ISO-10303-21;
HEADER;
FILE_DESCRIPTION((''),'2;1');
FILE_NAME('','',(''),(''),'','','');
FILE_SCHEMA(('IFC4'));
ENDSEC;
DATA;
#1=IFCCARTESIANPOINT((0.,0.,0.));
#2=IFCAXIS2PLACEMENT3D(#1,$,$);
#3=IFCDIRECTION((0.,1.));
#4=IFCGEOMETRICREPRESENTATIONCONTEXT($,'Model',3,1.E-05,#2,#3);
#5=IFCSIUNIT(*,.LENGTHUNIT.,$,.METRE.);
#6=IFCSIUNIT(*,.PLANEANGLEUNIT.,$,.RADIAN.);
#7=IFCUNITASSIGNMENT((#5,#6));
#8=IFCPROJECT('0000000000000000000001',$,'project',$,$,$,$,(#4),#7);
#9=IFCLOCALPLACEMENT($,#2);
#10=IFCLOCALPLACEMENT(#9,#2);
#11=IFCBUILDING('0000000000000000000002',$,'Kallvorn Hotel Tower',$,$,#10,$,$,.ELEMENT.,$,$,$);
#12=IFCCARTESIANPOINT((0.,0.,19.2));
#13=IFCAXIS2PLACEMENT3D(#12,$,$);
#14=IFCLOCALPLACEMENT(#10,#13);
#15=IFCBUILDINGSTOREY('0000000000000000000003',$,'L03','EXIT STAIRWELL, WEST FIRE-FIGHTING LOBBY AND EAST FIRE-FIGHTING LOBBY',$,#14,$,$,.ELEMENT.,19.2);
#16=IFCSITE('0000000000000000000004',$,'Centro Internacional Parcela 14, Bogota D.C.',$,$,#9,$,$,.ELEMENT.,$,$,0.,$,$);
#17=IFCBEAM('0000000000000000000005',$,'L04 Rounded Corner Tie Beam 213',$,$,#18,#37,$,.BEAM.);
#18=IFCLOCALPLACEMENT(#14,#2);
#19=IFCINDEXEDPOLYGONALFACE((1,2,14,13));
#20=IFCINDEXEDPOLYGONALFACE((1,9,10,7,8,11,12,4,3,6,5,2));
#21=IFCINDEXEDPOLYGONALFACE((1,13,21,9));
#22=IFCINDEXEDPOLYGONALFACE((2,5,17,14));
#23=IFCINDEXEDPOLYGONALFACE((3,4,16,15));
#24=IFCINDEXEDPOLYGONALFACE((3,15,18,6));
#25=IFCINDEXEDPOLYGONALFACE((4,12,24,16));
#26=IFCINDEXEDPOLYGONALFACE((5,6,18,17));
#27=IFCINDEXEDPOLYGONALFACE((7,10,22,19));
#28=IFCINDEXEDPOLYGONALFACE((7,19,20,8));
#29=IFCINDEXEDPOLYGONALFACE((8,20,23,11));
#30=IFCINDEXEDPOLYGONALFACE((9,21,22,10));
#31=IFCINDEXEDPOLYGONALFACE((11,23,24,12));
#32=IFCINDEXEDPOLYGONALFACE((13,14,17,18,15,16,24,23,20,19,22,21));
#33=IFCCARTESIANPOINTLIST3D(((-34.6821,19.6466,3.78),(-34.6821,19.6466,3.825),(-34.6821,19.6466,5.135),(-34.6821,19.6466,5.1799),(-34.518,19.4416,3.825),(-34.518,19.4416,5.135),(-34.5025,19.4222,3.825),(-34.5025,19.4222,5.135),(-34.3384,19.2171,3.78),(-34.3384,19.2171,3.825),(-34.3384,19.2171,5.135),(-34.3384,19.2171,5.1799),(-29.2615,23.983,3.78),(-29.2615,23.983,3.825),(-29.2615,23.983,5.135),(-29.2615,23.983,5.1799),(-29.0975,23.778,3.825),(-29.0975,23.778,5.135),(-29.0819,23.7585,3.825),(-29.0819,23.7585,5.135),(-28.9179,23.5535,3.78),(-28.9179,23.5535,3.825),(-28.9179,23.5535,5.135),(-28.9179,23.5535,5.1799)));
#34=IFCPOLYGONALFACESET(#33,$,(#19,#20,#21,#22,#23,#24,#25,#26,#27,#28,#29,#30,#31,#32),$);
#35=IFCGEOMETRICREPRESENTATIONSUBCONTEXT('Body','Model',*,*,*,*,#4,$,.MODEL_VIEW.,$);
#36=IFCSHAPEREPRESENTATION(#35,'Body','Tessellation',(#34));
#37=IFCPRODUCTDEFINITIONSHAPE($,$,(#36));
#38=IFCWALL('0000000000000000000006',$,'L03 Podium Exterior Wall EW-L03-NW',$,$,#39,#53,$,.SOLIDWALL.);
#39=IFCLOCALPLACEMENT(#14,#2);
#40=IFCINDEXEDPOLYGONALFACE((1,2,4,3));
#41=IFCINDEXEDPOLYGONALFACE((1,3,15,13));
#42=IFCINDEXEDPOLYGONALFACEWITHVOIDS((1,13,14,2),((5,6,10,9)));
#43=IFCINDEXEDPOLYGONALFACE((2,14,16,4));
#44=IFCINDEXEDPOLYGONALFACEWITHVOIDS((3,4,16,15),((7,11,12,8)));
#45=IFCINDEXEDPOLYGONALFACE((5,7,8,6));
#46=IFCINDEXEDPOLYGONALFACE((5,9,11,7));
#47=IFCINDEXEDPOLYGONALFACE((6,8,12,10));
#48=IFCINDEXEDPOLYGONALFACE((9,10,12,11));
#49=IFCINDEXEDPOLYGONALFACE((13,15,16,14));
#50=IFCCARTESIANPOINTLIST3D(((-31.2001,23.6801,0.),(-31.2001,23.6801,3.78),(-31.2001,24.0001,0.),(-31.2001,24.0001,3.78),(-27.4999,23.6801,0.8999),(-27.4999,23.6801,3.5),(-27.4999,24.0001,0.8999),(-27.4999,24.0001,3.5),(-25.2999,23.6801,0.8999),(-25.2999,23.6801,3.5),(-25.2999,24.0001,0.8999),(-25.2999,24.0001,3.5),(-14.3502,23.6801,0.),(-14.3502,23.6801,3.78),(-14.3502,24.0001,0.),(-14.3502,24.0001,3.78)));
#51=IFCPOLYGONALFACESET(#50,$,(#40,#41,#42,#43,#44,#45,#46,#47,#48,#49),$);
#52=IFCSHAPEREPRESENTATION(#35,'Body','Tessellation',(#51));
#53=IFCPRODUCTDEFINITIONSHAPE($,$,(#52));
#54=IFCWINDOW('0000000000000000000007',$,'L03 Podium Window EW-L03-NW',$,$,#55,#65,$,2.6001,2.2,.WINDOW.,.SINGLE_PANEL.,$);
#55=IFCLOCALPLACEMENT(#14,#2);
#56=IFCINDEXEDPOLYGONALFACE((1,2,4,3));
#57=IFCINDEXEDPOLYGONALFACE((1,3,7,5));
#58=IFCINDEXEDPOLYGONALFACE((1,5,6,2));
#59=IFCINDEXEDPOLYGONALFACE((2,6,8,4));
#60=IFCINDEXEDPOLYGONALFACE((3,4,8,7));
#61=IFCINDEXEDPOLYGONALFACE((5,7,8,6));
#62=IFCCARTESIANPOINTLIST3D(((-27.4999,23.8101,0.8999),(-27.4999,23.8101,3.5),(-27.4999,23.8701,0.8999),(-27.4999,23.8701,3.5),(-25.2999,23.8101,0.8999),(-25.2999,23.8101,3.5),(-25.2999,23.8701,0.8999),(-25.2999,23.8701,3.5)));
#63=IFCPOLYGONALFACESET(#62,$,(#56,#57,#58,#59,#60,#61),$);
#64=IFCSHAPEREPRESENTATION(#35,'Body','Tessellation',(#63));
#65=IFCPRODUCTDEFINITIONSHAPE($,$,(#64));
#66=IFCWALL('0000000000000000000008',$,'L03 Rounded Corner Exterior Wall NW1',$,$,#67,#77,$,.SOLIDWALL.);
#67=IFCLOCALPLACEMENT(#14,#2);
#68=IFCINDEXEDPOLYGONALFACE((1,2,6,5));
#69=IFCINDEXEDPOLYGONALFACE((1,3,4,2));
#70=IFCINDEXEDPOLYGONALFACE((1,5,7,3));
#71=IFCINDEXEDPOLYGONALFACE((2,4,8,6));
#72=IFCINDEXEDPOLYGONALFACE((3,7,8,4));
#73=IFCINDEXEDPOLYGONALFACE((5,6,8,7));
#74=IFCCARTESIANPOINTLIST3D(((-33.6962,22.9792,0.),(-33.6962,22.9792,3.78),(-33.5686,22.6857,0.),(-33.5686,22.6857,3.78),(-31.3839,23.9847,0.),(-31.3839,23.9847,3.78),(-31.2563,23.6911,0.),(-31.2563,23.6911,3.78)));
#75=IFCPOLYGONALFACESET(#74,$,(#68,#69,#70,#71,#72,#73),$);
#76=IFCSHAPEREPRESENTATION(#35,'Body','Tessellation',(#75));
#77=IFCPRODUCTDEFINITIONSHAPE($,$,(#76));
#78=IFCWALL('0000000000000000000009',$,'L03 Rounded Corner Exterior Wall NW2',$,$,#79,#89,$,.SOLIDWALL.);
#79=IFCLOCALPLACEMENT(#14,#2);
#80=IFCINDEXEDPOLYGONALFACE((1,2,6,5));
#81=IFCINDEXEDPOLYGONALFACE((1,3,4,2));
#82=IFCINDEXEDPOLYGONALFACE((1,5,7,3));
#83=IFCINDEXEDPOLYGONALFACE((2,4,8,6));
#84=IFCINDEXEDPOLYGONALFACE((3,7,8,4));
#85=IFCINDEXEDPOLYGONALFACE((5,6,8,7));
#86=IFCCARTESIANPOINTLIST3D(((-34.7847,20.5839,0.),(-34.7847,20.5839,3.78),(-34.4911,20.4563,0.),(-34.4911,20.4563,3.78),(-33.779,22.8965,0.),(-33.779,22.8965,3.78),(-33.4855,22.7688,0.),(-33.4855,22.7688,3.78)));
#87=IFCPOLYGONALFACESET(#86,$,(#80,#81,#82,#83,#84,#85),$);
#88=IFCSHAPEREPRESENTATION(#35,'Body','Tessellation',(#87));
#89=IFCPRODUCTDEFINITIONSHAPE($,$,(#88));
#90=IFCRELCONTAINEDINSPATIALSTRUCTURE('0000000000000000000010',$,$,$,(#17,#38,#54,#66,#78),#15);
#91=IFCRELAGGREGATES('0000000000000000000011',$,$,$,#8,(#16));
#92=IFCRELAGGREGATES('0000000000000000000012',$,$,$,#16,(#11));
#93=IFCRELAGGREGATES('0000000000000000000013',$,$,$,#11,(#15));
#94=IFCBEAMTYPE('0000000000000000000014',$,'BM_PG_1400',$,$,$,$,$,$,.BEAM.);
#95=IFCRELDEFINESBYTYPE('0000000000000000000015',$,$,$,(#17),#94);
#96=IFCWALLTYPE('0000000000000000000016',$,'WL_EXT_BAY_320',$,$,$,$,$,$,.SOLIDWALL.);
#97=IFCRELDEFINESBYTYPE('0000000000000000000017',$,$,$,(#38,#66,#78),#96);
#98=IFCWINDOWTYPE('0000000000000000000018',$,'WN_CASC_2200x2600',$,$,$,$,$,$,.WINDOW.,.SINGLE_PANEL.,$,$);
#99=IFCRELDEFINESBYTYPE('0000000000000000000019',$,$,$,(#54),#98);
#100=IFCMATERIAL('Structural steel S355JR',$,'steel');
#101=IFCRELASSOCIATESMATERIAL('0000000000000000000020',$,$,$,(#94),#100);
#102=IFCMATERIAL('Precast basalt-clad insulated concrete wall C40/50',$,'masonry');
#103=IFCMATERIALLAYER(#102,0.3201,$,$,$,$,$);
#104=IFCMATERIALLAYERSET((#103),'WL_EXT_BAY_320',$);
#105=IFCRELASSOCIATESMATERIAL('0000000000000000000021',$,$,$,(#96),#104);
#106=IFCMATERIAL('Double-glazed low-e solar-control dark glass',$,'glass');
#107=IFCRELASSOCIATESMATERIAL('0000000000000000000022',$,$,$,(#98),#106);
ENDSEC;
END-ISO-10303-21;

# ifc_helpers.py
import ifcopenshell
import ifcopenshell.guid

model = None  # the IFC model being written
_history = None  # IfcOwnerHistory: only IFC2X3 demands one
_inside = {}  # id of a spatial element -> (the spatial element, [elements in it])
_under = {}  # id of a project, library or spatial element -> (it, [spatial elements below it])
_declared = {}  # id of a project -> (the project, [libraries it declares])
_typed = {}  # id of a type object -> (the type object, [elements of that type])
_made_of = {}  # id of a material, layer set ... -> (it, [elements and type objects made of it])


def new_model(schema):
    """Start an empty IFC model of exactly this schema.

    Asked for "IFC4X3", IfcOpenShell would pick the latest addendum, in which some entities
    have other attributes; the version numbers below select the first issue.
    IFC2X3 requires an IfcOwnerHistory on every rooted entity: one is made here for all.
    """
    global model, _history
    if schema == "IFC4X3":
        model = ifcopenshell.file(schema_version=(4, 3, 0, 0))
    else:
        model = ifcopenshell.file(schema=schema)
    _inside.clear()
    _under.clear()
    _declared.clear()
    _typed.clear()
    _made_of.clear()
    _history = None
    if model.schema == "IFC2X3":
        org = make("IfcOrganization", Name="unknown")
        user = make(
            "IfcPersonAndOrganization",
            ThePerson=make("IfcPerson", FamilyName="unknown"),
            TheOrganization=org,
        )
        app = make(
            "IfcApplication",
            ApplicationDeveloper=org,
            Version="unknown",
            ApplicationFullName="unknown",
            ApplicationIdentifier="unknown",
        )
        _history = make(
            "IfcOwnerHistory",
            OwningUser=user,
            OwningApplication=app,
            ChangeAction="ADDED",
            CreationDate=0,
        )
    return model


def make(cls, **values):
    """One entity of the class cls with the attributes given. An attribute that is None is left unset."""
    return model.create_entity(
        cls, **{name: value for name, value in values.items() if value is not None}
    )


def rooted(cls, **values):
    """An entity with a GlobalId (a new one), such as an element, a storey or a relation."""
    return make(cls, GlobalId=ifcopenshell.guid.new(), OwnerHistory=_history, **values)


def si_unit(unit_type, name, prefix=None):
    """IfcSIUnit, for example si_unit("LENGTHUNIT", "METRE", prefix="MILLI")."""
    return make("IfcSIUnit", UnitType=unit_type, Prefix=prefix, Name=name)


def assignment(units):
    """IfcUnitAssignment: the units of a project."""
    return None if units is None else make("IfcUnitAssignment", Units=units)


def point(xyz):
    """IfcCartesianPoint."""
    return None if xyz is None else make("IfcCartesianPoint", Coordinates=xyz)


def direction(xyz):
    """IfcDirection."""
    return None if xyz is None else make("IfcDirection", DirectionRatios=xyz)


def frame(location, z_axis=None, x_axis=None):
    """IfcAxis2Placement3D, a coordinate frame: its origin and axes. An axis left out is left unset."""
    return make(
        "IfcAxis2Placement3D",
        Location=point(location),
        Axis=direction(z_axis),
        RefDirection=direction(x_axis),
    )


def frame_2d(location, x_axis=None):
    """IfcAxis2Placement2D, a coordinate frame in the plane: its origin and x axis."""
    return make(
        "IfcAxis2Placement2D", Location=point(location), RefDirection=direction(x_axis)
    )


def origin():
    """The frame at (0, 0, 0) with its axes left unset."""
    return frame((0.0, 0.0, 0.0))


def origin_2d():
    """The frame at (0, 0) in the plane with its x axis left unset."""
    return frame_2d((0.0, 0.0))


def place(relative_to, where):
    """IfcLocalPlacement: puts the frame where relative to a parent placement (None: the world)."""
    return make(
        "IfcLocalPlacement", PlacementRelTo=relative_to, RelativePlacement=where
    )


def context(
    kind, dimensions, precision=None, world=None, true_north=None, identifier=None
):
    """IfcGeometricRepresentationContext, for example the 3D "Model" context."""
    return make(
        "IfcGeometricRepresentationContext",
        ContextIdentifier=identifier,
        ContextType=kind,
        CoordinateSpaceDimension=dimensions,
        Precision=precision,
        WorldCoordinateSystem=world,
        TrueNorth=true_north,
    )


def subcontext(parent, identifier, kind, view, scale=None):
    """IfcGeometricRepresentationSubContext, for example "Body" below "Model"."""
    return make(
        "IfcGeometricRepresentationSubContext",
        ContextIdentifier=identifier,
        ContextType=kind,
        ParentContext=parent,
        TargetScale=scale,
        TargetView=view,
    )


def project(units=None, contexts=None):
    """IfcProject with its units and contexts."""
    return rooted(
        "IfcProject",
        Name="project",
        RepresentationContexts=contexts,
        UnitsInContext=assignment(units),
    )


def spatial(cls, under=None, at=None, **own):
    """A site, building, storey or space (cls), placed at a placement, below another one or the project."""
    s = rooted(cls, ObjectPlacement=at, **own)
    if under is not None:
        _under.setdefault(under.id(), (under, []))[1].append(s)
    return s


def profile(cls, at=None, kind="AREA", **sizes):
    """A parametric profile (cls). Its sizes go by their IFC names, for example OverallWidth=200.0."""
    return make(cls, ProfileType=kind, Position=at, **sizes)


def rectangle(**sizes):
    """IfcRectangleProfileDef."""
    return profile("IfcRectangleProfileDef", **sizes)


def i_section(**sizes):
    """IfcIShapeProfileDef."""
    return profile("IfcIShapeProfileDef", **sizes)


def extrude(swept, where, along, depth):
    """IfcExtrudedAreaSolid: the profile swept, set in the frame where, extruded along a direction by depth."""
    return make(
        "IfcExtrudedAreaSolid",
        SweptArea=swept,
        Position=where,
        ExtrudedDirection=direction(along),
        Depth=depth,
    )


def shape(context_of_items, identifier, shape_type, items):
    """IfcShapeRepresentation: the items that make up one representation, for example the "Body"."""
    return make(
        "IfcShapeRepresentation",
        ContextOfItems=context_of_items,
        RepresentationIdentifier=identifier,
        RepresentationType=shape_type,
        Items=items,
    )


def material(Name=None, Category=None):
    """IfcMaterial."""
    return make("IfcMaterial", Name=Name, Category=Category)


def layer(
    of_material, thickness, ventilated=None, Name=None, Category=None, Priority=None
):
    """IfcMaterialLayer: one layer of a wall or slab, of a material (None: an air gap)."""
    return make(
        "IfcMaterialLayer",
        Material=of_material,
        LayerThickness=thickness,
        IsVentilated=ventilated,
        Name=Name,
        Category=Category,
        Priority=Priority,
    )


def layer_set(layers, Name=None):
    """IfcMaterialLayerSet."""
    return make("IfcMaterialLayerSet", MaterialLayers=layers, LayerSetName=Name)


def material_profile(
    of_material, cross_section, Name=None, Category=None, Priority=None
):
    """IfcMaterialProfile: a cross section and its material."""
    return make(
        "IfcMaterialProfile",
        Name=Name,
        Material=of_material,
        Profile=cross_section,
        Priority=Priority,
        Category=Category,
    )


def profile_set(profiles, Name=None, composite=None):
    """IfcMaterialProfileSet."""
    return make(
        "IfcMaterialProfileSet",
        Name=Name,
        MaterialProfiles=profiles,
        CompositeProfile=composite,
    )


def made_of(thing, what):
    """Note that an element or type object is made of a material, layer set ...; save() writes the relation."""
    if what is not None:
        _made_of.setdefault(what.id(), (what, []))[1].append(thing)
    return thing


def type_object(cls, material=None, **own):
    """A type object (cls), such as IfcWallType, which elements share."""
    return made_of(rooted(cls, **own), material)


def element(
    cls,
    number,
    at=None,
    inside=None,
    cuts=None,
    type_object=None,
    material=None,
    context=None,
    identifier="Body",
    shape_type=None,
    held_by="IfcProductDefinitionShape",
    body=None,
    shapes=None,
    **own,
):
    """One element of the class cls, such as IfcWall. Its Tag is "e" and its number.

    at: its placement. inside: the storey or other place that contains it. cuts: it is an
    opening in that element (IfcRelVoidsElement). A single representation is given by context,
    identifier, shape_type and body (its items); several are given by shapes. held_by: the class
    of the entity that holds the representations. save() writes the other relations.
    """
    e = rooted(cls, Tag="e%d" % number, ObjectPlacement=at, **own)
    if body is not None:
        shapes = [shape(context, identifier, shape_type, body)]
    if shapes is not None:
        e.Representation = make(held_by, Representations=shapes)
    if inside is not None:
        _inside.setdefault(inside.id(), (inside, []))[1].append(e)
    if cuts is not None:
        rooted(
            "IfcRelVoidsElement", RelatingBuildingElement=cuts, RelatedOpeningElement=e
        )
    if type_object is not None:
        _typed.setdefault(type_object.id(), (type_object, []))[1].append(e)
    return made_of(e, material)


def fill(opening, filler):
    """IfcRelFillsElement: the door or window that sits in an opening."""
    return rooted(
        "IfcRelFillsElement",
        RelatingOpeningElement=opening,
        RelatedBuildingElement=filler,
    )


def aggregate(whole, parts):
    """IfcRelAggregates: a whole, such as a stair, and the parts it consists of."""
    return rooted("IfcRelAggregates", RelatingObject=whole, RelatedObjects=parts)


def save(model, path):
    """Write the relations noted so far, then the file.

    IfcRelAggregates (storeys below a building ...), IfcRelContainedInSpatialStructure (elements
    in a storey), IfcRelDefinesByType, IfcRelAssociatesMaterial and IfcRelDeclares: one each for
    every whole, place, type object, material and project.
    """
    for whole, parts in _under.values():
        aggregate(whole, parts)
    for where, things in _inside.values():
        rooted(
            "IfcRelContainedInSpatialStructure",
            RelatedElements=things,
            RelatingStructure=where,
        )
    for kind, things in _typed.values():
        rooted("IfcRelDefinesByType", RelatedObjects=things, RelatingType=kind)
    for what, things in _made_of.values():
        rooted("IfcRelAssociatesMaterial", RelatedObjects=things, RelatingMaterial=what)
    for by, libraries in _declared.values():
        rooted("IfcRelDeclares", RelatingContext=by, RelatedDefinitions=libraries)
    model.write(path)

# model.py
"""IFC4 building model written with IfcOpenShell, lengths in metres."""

from ifc_helpers import new_model, si_unit, direction, frame, frame_2d, origin, origin_2d, place, context, subcontext, project, spatial, rectangle, i_section, extrude, material, layer, layer_set, material_profile, profile_set, type_object, element, fill, save


model = new_model("IFC4")

# Units and contexts
model_context = context("Model", 3, precision=1e-05, world=origin(), true_north=direction((0.0, 1.0)))
body_context = subcontext(model_context, "Body", "Model", "MODEL_VIEW")
ifc_project = project(units=[si_unit("LENGTHUNIT", "METRE"), si_unit("PLANEANGLEUNIT", "RADIAN")], contexts=[model_context])

# Site, building, storey
site_placement = place(None, origin())
site = spatial("IfcSite", under=ifc_project, at=site_placement, Name="Centro Internacional Parcela 14, Bogota D.C.", CompositionType="ELEMENT", RefElevation=0.0)
building_placement = place(site_placement, origin())
building = spatial("IfcBuilding", under=site, at=building_placement, Name="Kallvorn Hotel Tower", CompositionType="ELEMENT")
storey_placement = place(building_placement, frame((0.0, 0.0, 19.2)))
storey = spatial("IfcBuildingStorey", under=building, at=storey_placement, Name="L03", Description="EXIT STAIRWELL, WEST FIRE-FIGHTING LOBBY AND EAST FIRE-FIGHTING LOBBY", CompositionType="ELEMENT", Elevation=19.2)

# Beam
ifc_material_1 = material(Name="Structural steel S355JR", Category="steel")
ifc_material_profile_1 = material_profile(ifc_material_1, i_section(OverallWidth=0.55, OverallDepth=1.3999, WebThickness=0.0249, FlangeThickness=0.0449, at=origin_2d()), Name="PG 1400x550x25x45")
ifc_profile_set_1 = profile_set([ifc_material_profile_1], Name="Structural steel S355JR")
beam_type_1 = type_object("IfcBeamType", Name="BM_PG_1400", PredefinedType="BEAM", material=ifc_profile_set_1)
beam_1_placement = place(storey_placement, frame((-34.5103, 19.4319, 4.48), z_axis=(0.780876, 0.624686, 0.0), x_axis=(-0.624686, 0.780876, 0.0)))
element("IfcBeam", 1, at=beam_1_placement, inside=storey, type_object=beam_type_1, Name="L04 Rounded Corner Tie Beam 213", PredefinedType="BEAM", context=body_context, shape_type="SweptSolid", body=[
    extrude(i_section(OverallWidth=0.55, OverallDepth=1.3999, WebThickness=0.0249, FlangeThickness=0.0449, at=origin_2d()), origin(), (0.0, 0.0, 1.0), 6.9417),
])

# Wall, opening, window
ifc_material_2 = material(Name="Precast basalt-clad insulated concrete wall C40/50", Category="masonry")
ifc_layer = layer(ifc_material_2, 0.3201)
ifc_layer_set = layer_set([ifc_layer], Name="WL_EXT_BAY_320")
wall_type = type_object("IfcWallType", Name="WL_EXT_BAY_320", PredefinedType="SOLIDWALL", material=ifc_layer_set)
wall_1_placement = place(storey_placement, frame((-31.2, 23.8401, 0.0), z_axis=(0.0, 0.0, 1.0), x_axis=(1.0, 0.0, 0.0)))
wall_1 = element("IfcWall", 2, at=wall_1_placement, inside=storey, type_object=wall_type, Name="L03 Podium Exterior Wall EW-L03-NW", PredefinedType="SOLIDWALL", context=body_context, shape_type="SweptSolid", body=[
    extrude(rectangle(XDim=16.8499, YDim=0.3201, at=frame_2d((8.4248, 0.0))), origin(), (0.0, 0.0, 1.0), 3.78),
])
opening_placement = place(wall_1_placement, frame((3.7, 0.0, 0.8999)))
opening = element("IfcOpeningElement", 3, at=opening_placement, cuts=wall_1, PredefinedType="OPENING", context=body_context, shape_type="SweptSolid", body=[
    extrude(rectangle(XDim=2.2, YDim=2.6001, at=frame_2d((1.1001, 1.3))), frame((0.0, 0.175, 0.0), z_axis=(0.0, -1.0, 0.0), x_axis=(1.0, 0.0, 0.0)), (0.0, 0.0, 1.0), 0.3501),
])
ifc_material_3 = material(Name="Double-glazed low-e solar-control dark glass", Category="glass")
window_type = type_object("IfcWindowType", Name="WN_CASC_2200x2600", PartitioningType="SINGLE_PANEL", PredefinedType="WINDOW", material=ifc_material_3)
window_placement = place(opening_placement, origin())
window = element("IfcWindow", 4, at=window_placement, inside=storey, type_object=window_type, Name="L03 Podium Window EW-L03-NW", OverallHeight=2.6001, OverallWidth=2.2, PartitioningType="SINGLE_PANEL", PredefinedType="WINDOW", context=body_context, shape_type="SweptSolid", body=[
    extrude(rectangle(XDim=2.2, YDim=2.6001, at=frame_2d((1.1001, 1.3))), frame((0.0, 0.03, 0.0), z_axis=(0.0, -1.0, 0.0), x_axis=(1.0, 0.0, 0.0)), (0.0, 0.0, 1.0), 0.0601),
])
fill(opening, window)

# Walls
wall_2_placement = place(storey_placement, frame((-31.3201, 23.8379, 0.0), z_axis=(0.0, 0.0, 1.0), x_axis=(-0.917064, -0.39874, 0.0)))
element("IfcWall", 5, at=wall_2_placement, inside=storey, type_object=wall_type, Name="L03 Rounded Corner Exterior Wall NW1", PredefinedType="SOLIDWALL", context=body_context, shape_type="SweptSolid", body=[
    extrude(rectangle(XDim=2.5215, YDim=0.3201, at=frame_2d((1.2607, 0.0))), origin(), (0.0, 0.0, 1.0), 3.78),
])
wall_3_placement = place(storey_placement, frame((-33.6323, 22.8325, 0.0), z_axis=(0.0, 0.0, 1.0), x_axis=(-0.398786, -0.917044, 0.0)))
element("IfcWall", 6, at=wall_3_placement, inside=storey, type_object=wall_type, Name="L03 Rounded Corner Exterior Wall NW2", PredefinedType="SOLIDWALL", context=body_context, shape_type="SweptSolid", body=[
    extrude(rectangle(XDim=2.5217, YDim=0.3201, at=frame_2d((1.2607, 0.0))), origin(), (0.0, 0.0, 1.0), 3.78),
])

save(model, "model.ifc")
